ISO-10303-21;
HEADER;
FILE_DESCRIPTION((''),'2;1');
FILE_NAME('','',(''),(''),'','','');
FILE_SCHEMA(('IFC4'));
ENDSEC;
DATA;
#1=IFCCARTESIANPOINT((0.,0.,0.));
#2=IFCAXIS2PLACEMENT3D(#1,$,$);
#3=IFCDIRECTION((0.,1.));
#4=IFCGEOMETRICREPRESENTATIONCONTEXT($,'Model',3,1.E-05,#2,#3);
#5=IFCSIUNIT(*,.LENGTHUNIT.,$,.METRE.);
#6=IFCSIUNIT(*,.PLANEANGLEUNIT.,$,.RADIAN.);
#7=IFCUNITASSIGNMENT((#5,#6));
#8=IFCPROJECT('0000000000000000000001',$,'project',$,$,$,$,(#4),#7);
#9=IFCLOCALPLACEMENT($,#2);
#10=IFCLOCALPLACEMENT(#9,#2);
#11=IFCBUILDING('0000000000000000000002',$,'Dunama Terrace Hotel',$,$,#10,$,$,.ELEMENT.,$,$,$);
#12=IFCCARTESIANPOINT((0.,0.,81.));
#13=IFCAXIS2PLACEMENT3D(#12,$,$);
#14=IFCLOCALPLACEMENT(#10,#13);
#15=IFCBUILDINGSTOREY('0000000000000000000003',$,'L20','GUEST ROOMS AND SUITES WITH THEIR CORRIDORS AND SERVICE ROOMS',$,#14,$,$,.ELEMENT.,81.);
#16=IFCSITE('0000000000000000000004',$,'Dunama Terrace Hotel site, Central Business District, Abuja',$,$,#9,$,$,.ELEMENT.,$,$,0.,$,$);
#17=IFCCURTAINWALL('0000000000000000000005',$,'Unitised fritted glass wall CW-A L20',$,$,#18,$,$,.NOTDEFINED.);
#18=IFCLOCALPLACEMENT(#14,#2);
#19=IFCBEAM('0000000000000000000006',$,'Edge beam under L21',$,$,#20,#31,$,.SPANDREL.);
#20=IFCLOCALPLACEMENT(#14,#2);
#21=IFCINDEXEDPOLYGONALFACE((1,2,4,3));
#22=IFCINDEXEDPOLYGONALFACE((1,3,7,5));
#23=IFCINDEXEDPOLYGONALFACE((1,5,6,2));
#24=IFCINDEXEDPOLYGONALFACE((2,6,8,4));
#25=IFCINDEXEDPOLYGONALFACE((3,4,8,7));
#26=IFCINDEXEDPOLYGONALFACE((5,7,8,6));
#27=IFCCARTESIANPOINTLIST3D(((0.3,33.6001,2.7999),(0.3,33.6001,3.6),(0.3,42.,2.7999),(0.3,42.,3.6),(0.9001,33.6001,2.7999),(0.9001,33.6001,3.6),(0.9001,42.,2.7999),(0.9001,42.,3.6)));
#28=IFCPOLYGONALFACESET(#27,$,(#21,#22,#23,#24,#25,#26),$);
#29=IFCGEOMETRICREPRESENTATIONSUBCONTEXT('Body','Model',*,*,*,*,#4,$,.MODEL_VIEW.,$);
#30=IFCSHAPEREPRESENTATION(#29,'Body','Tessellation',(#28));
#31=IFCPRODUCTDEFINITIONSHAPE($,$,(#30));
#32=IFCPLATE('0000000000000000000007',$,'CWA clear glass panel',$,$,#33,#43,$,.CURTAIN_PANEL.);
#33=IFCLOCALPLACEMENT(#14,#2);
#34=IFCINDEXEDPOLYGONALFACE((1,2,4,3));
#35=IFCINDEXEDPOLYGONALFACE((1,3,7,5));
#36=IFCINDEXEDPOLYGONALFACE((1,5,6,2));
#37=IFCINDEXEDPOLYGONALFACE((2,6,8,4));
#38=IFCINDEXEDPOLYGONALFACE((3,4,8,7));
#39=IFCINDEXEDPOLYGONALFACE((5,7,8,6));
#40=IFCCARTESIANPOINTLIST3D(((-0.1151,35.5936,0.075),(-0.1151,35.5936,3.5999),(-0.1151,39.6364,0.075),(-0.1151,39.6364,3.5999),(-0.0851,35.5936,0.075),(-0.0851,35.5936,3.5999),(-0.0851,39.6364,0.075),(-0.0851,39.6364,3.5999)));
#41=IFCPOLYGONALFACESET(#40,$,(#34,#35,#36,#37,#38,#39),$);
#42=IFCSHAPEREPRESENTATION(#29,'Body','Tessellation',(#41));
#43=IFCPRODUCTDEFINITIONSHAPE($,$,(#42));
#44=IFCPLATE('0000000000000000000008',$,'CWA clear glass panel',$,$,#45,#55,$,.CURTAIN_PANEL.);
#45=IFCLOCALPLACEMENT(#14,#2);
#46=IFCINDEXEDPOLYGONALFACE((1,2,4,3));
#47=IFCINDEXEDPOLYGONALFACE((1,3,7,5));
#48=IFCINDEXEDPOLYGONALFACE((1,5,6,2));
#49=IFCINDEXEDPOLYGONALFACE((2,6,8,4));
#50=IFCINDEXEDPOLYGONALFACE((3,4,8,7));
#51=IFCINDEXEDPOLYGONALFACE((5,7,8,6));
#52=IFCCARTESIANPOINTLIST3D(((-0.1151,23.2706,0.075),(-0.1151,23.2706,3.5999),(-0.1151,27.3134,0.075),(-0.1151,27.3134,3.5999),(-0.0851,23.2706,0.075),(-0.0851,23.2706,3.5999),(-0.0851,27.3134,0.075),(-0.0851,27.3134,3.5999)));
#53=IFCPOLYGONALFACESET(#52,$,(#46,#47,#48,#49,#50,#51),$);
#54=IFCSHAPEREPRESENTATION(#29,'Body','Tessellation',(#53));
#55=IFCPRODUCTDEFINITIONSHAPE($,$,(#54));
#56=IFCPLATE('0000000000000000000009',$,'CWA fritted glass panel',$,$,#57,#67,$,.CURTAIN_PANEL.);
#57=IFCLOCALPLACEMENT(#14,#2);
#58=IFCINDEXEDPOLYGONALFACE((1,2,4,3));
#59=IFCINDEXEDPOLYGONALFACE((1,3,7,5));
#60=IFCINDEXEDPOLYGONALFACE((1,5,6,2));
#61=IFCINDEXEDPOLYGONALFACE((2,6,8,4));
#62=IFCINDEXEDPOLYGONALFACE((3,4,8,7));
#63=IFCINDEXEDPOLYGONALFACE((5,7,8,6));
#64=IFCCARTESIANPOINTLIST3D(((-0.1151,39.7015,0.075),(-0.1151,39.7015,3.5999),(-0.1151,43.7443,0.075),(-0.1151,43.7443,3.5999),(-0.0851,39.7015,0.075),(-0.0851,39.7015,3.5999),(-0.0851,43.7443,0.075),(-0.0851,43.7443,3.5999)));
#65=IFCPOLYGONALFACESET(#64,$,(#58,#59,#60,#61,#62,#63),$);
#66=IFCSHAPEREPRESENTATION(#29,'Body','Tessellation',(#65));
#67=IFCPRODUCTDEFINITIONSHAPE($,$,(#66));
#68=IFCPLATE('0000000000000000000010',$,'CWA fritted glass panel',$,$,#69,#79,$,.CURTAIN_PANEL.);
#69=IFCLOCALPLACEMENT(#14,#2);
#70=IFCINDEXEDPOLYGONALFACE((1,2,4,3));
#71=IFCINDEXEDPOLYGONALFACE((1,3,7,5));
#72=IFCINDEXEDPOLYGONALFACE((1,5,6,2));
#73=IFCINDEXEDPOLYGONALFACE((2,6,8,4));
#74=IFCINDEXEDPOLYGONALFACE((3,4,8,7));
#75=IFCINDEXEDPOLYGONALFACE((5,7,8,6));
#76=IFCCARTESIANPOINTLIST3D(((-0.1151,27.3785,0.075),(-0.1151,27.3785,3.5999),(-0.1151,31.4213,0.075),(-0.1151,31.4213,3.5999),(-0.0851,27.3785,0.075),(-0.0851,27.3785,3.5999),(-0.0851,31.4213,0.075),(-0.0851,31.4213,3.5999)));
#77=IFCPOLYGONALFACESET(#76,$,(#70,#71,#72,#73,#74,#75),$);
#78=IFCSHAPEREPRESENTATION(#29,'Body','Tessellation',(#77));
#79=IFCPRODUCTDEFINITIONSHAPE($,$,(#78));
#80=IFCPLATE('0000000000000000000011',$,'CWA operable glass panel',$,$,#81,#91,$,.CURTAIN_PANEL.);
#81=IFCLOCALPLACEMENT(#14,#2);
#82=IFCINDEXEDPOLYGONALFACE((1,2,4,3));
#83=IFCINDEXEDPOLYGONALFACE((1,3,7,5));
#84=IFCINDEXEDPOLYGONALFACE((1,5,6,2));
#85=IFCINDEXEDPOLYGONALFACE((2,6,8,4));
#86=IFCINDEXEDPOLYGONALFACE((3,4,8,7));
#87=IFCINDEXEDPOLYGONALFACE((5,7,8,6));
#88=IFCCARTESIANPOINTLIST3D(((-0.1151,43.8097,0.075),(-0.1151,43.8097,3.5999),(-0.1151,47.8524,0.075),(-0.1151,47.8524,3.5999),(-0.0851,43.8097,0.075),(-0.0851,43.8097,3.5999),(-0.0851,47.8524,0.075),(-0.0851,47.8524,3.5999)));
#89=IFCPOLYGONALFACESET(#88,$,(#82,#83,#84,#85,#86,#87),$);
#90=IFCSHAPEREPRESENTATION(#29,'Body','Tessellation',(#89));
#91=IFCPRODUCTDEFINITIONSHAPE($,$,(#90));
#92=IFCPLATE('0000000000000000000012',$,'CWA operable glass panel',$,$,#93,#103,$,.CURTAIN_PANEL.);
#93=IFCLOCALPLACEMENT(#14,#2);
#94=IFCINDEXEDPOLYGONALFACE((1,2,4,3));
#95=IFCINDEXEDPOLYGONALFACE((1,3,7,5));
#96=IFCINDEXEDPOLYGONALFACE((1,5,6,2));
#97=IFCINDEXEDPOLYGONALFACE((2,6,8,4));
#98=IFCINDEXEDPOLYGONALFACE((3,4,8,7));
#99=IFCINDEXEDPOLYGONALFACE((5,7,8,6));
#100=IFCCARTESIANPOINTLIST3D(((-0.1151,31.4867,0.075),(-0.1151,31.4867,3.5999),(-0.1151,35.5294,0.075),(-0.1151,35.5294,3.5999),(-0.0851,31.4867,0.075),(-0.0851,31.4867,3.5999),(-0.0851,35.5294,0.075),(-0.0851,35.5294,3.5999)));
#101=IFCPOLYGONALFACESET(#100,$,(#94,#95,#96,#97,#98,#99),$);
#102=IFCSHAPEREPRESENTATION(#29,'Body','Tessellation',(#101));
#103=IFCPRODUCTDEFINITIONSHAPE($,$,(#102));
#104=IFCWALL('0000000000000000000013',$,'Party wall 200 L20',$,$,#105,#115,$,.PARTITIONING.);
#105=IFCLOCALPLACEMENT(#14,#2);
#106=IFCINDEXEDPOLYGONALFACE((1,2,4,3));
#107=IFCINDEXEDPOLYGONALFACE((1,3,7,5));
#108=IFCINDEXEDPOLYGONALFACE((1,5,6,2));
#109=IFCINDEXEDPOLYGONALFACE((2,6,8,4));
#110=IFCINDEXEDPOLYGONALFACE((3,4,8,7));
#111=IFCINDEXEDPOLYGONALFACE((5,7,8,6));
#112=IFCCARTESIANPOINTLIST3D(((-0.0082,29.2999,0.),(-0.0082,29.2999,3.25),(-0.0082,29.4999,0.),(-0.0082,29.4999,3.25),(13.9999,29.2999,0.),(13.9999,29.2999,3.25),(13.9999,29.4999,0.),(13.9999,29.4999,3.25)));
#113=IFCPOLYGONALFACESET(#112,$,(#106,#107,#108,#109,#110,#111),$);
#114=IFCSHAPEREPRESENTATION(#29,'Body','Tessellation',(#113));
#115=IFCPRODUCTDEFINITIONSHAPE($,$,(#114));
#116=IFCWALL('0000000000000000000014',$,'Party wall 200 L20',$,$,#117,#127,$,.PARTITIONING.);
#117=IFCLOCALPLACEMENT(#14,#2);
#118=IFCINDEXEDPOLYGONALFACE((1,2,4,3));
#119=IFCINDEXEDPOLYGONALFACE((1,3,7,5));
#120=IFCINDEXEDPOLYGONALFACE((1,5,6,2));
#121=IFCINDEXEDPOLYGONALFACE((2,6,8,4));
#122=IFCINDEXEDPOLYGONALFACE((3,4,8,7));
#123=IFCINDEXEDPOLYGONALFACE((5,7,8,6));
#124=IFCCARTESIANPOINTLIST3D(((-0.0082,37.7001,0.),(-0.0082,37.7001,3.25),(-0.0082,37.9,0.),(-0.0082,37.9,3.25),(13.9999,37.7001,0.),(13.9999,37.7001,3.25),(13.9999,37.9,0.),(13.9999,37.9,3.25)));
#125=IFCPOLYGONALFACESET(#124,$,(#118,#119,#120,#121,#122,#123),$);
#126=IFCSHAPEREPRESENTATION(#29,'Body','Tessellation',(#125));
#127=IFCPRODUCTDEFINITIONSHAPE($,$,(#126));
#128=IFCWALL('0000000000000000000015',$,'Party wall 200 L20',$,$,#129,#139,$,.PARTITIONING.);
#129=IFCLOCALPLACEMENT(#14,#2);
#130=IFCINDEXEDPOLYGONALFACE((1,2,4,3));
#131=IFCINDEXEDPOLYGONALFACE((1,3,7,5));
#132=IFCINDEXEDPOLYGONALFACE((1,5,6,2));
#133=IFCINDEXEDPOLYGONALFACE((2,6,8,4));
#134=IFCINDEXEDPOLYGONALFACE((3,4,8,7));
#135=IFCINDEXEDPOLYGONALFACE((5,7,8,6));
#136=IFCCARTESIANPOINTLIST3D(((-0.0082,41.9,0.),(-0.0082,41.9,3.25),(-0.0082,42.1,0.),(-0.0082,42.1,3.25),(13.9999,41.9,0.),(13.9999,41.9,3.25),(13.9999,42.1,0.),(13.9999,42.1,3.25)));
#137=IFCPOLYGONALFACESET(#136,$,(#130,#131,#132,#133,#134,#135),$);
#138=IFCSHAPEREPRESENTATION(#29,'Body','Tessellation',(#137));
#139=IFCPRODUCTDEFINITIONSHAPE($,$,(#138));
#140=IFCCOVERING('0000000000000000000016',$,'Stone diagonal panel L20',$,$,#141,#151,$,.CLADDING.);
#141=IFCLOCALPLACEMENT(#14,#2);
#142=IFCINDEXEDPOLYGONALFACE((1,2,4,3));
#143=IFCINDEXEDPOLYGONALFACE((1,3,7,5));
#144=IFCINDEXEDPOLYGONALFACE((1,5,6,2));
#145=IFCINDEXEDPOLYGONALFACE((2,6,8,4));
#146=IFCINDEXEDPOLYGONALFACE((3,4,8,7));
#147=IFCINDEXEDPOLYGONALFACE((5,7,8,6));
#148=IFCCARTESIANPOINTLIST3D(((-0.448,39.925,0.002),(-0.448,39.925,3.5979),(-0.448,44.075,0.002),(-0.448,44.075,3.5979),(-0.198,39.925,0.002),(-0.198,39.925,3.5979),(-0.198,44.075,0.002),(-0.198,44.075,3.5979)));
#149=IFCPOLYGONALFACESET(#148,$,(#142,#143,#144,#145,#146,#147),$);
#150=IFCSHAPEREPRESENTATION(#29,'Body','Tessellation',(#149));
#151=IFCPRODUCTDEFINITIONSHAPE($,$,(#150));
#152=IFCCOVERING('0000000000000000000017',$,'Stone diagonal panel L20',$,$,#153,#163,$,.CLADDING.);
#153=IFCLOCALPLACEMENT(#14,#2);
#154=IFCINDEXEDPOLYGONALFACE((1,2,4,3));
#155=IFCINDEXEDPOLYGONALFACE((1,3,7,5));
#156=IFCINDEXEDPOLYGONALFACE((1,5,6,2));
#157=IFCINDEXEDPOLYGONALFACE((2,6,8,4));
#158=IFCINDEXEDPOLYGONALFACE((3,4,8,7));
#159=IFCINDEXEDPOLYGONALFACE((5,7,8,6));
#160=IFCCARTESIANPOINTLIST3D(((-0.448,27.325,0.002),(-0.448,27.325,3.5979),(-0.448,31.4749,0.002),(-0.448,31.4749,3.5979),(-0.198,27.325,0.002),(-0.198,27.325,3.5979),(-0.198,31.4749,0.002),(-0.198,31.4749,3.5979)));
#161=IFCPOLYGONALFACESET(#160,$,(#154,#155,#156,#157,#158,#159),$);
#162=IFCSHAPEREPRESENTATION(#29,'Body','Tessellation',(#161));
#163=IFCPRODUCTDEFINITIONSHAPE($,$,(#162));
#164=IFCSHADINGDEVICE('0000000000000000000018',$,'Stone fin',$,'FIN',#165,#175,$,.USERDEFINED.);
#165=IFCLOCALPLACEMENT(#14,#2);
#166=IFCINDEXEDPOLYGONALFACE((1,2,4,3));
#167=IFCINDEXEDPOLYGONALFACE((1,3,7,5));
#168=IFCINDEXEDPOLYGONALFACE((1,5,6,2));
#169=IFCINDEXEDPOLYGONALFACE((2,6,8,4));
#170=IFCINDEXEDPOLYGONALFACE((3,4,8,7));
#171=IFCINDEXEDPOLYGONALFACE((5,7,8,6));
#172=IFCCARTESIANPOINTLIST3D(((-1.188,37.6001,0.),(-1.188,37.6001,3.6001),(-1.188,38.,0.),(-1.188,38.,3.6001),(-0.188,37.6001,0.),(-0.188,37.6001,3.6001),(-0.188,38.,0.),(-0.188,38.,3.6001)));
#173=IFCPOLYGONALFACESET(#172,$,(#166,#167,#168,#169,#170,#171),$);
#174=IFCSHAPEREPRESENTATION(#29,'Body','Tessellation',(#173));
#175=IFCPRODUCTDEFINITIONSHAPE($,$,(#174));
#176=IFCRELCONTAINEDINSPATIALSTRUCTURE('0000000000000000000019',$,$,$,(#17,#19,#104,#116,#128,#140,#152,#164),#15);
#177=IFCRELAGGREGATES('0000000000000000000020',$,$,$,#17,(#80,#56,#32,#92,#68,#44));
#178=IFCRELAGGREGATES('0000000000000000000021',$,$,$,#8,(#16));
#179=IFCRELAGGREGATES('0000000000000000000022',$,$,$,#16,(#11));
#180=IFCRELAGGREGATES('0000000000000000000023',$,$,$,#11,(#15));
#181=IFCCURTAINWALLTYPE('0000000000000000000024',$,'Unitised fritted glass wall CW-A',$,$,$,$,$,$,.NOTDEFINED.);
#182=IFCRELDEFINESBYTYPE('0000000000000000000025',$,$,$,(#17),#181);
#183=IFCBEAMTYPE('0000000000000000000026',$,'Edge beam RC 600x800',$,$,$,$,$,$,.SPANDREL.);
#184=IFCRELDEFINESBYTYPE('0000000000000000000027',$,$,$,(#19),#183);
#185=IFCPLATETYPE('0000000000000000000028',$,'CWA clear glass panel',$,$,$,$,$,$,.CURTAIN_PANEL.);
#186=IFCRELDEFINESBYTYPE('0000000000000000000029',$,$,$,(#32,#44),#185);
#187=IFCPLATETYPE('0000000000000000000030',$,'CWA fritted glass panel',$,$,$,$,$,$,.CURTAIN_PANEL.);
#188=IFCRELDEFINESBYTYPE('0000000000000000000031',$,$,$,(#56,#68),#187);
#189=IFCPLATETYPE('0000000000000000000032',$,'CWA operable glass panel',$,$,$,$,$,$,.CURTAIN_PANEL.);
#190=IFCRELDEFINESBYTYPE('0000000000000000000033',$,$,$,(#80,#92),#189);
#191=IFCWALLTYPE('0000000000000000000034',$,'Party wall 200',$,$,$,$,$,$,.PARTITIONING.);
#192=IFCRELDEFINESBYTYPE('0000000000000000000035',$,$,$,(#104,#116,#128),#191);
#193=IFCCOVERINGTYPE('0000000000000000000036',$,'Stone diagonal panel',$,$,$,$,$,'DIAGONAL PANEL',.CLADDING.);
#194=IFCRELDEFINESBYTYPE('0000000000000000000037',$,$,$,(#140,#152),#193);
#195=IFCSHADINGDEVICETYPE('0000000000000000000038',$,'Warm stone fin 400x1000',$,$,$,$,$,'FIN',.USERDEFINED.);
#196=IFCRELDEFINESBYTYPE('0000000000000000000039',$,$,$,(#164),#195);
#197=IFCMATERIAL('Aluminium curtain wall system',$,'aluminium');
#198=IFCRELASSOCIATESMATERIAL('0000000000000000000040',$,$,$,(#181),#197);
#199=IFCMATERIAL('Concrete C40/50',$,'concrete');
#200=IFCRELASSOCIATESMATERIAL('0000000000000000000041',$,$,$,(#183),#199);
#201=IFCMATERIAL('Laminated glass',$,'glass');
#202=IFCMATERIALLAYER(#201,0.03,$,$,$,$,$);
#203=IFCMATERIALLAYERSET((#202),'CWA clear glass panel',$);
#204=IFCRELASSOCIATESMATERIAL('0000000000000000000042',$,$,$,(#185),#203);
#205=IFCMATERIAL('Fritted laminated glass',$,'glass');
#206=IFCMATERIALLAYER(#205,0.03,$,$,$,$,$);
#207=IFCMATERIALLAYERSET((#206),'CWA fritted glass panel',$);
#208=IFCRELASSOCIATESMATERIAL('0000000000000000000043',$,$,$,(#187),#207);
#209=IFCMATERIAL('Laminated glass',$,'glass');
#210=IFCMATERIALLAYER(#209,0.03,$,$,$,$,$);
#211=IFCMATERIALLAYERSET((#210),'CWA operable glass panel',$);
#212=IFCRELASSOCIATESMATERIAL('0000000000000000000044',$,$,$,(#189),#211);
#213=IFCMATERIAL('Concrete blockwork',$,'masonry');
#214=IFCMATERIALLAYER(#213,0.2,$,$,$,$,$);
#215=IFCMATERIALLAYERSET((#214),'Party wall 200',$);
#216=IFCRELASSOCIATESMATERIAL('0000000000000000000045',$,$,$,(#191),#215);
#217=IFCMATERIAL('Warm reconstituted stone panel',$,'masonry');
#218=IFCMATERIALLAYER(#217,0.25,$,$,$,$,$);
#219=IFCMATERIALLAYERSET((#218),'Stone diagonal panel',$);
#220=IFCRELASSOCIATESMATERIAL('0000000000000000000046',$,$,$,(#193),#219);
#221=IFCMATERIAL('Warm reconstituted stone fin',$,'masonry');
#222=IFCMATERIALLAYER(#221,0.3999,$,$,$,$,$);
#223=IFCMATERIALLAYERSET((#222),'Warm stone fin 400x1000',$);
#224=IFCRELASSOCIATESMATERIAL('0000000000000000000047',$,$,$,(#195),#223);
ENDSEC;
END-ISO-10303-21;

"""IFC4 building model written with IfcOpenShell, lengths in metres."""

from ifc_helpers import new_model, si_unit, direction, frame, frame_2d, origin, origin_2d, place, context, subcontext, project, spatial, rectangle, extrude, material, layer, layer_set, material_profile, profile_set, type_object, element, aggregate, save


model = new_model("IFC4")

# Units and contexts
model_context = context("Model", 3, precision=1e-05, world=origin(), true_north=direction((0.0, 1.0)))
body_context = subcontext(model_context, "Body", "Model", "MODEL_VIEW")
ifc_project = project(units=[si_unit("LENGTHUNIT", "METRE"), si_unit("PLANEANGLEUNIT", "RADIAN")], contexts=[model_context])

# Site, building, storey
site_placement = place(None, origin())
site = spatial("IfcSite", under=ifc_project, at=site_placement, Name="Dunama Terrace Hotel site, Central Business District, Abuja", CompositionType="ELEMENT", RefElevation=0.0)
building_placement = place(site_placement, origin())
building = spatial("IfcBuilding", under=site, at=building_placement, Name="Dunama Terrace Hotel", CompositionType="ELEMENT")
storey_placement = place(building_placement, frame((0.0, 0.0, 81.0)))
storey = spatial("IfcBuildingStorey", under=building, at=storey_placement, Name="L20", Description="GUEST ROOMS AND SUITES WITH THEIR CORRIDORS AND SERVICE ROOMS", CompositionType="ELEMENT", Elevation=81.0)

# Curtain wall
ifc_material_1 = material(Name="Aluminium curtain wall system", Category="aluminium")
curtain_wall_type = type_object("IfcCurtainWallType", Name="Unitised fritted glass wall CW-A", PredefinedType="NOTDEFINED", material=ifc_material_1)
curtain_wall_placement = place(storey_placement, origin())
curtain_wall = element("IfcCurtainWall", 1, at=curtain_wall_placement, inside=storey, type_object=curtain_wall_type, Name="Unitised fritted glass wall CW-A L20", PredefinedType="NOTDEFINED")

# Beam
ifc_material_2 = material(Name="Concrete C40/50", Category="concrete")
ifc_material_profile_1 = material_profile(ifc_material_2, rectangle(XDim=0.6001, YDim=0.8, at=origin_2d()), Name="RC 600x800")
ifc_profile_set_1 = profile_set([ifc_material_profile_1], Name="Concrete C40/50")
beam_type = type_object("IfcBeamType", Name="Edge beam RC 600x800", PredefinedType="SPANDREL", material=ifc_profile_set_1)
beam_placement = place(storey_placement, frame((0.6001, 33.6001, 3.2), z_axis=(0.0, 1.0, 0.0), x_axis=(-1.0, 0.0, 0.0)))
element("IfcBeam", 2, at=beam_placement, inside=storey, type_object=beam_type, Name="Edge beam under L21", PredefinedType="SPANDREL", context=body_context, shape_type="SweptSolid", body=[
    extrude(rectangle(XDim=0.6001, YDim=0.8, at=origin_2d()), origin(), (0.0, 0.0, 1.0), 8.3999),
])

# Plates
ifc_material_3 = material(Name="Laminated glass", Category="glass")
ifc_layer_1 = layer(ifc_material_3, 0.03)
ifc_layer_set_1 = layer_set([ifc_layer_1], Name="CWA clear glass panel")
plate_type_1 = type_object("IfcPlateType", Name="CWA clear glass panel", PredefinedType="CURTAIN_PANEL", material=ifc_layer_set_1)
plate_1_placement = place(storey_placement, frame((-0.1001, 37.615, 0.075), z_axis=(0.0, 0.0, 1.0), x_axis=(0.0, -1.0, 0.0)))
plate_1 = element("IfcPlate", 3, at=plate_1_placement, type_object=plate_type_1, Name="CWA clear glass panel", PredefinedType="CURTAIN_PANEL", context=body_context, shape_type="SweptSolid", body=[
    extrude(rectangle(XDim=4.0427, YDim=0.03, at=origin_2d()), origin(), (0.0, 0.0, 1.0), 3.5249),
])
plate_2_placement = place(storey_placement, frame((-0.1001, 25.292, 0.075), z_axis=(0.0, 0.0, 1.0), x_axis=(0.0, -1.0, 0.0)))
plate_2 = element("IfcPlate", 4, at=plate_2_placement, type_object=plate_type_1, Name="CWA clear glass panel", PredefinedType="CURTAIN_PANEL", context=body_context, shape_type="SweptSolid", body=[
    extrude(rectangle(XDim=4.0427, YDim=0.03, at=origin_2d()), origin(), (0.0, 0.0, 1.0), 3.5249),
])
ifc_material_4 = material(Name="Fritted laminated glass", Category="glass")
ifc_layer_2 = layer(ifc_material_4, 0.03)
ifc_layer_set_2 = layer_set([ifc_layer_2], Name="CWA fritted glass panel")
plate_type_2 = type_object("IfcPlateType", Name="CWA fritted glass panel", PredefinedType="CURTAIN_PANEL", material=ifc_layer_set_2)
plate_3_placement = place(storey_placement, frame((-0.1001, 41.7229, 0.075), z_axis=(0.0, 0.0, 1.0), x_axis=(0.0, -1.0, 0.0)))
plate_3 = element("IfcPlate", 5, at=plate_3_placement, type_object=plate_type_2, Name="CWA fritted glass panel", PredefinedType="CURTAIN_PANEL", context=body_context, shape_type="SweptSolid", body=[
    extrude(rectangle(XDim=4.0427, YDim=0.03, at=origin_2d()), origin(), (0.0, 0.0, 1.0), 3.5249),
])
plate_4_placement = place(storey_placement, frame((-0.1001, 29.3999, 0.075), z_axis=(0.0, 0.0, 1.0), x_axis=(0.0, -1.0, 0.0)))
plate_4 = element("IfcPlate", 6, at=plate_4_placement, type_object=plate_type_2, Name="CWA fritted glass panel", PredefinedType="CURTAIN_PANEL", context=body_context, shape_type="SweptSolid", body=[
    extrude(rectangle(XDim=4.0427, YDim=0.03, at=origin_2d()), origin(), (0.0, 0.0, 1.0), 3.5249),
])
ifc_material_5 = material(Name="Laminated glass", Category="glass")
ifc_layer_3 = layer(ifc_material_5, 0.03)
ifc_layer_set_3 = layer_set([ifc_layer_3], Name="CWA operable glass panel")
plate_type_3 = type_object("IfcPlateType", Name="CWA operable glass panel", PredefinedType="CURTAIN_PANEL", material=ifc_layer_set_3)
plate_5_placement = place(storey_placement, frame((-0.1001, 45.8311, 0.075), z_axis=(0.0, 0.0, 1.0), x_axis=(0.0, -1.0, 0.0)))
plate_5 = element("IfcPlate", 7, at=plate_5_placement, type_object=plate_type_3, Name="CWA operable glass panel", PredefinedType="CURTAIN_PANEL", context=body_context, shape_type="SweptSolid", body=[
    extrude(rectangle(XDim=4.0427, YDim=0.03, at=origin_2d()), origin(), (0.0, 0.0, 1.0), 3.5249),
])
plate_6_placement = place(storey_placement, frame((-0.1001, 33.5081, 0.075), z_axis=(0.0, 0.0, 1.0), x_axis=(0.0, -1.0, 0.0)))
plate_6 = element("IfcPlate", 8, at=plate_6_placement, type_object=plate_type_3, Name="CWA operable glass panel", PredefinedType="CURTAIN_PANEL", context=body_context, shape_type="SweptSolid", body=[
    extrude(rectangle(XDim=4.0427, YDim=0.03, at=origin_2d()), origin(), (0.0, 0.0, 1.0), 3.5249),
])
aggregate(curtain_wall, [plate_5, plate_3, plate_1, plate_6, plate_4, plate_2])

# Walls
ifc_material_6 = material(Name="Concrete blockwork", Category="masonry")
ifc_layer_4 = layer(ifc_material_6, 0.2)
ifc_layer_set_4 = layer_set([ifc_layer_4], Name="Party wall 200")
wall_type = type_object("IfcWallType", Name="Party wall 200", PredefinedType="PARTITIONING", material=ifc_layer_set_4)
for number, where, z_axis, x_axis, name in (
    (9, (-0.0081, 29.3999, 0.0), (0.0, 0.0, 1.0), (1.0, 0.0, 0.0), "Party wall 200 L20"),
    (10, (-0.0081, 37.8, 0.0), (0.0, 0.0, 1.0), (1.0, 0.0, 0.0), "Party wall 200 L20"),
    (11, (-0.0081, 42.0, 0.0), (0.0, 0.0, 1.0), (1.0, 0.0, 0.0), "Party wall 200 L20"),
):
    element("IfcWall", number, at=place(storey_placement, frame(where, z_axis=z_axis, x_axis=x_axis)), inside=storey, type_object=wall_type, Name=name, PredefinedType="PARTITIONING", context=body_context, shape_type="SweptSolid", body=[
        extrude(rectangle(XDim=14.0081, YDim=0.2, at=frame_2d((7.0039, 0.0))), origin(), (0.0, 0.0, 1.0), 3.25),
    ])

# Coverings
ifc_material_7 = material(Name="Warm reconstituted stone panel", Category="masonry")
ifc_layer_5 = layer(ifc_material_7, 0.25)
ifc_layer_set_5 = layer_set([ifc_layer_5], Name="Stone diagonal panel")
covering_type = type_object("IfcCoveringType", Name="Stone diagonal panel", ElementType="DIAGONAL PANEL", PredefinedType="CLADDING", material=ifc_layer_set_5)
for number, where, z_axis, x_axis, name in (
    (12, (-0.323, 42.0, 0.002), (0.0, 0.0, 1.0), (0.0, -1.0, 0.0), "Stone diagonal panel L20"),
    (13, (-0.323, 29.3999, 0.002), (0.0, 0.0, 1.0), (0.0, -1.0, 0.0), "Stone diagonal panel L20"),
):
    element("IfcCovering", number, at=place(storey_placement, frame(where, z_axis=z_axis, x_axis=x_axis)), inside=storey, type_object=covering_type, Name=name, PredefinedType="CLADDING", context=body_context, shape_type="SweptSolid", body=[
        extrude(rectangle(XDim=4.1499, YDim=0.25, at=origin_2d()), origin(), (0.0, 0.0, 1.0), 3.5959),
    ])

# Shading device
ifc_material_8 = material(Name="Warm reconstituted stone fin", Category="masonry")
ifc_layer_6 = layer(ifc_material_8, 0.3999)
ifc_layer_set_6 = layer_set([ifc_layer_6], Name="Warm stone fin 400x1000")
shading_device_type = type_object("IfcShadingDeviceType", Name="Warm stone fin 400x1000", ElementType="FIN", PredefinedType="USERDEFINED", material=ifc_layer_set_6)
shading_device_placement = place(storey_placement, frame((-0.688, 37.8, 0.0), z_axis=(0.0, 0.0, 1.0), x_axis=(0.0, -1.0, 0.0)))
element("IfcShadingDevice", 14, at=shading_device_placement, inside=storey, type_object=shading_device_type, Name="Stone fin", ObjectType="FIN", PredefinedType="USERDEFINED", context=body_context, shape_type="SweptSolid", body=[
    extrude(rectangle(XDim=0.3999, YDim=1.0, at=origin_2d()), origin(), (0.0, 0.0, 1.0), 3.6001),
])

save(model, "model.ifc")
